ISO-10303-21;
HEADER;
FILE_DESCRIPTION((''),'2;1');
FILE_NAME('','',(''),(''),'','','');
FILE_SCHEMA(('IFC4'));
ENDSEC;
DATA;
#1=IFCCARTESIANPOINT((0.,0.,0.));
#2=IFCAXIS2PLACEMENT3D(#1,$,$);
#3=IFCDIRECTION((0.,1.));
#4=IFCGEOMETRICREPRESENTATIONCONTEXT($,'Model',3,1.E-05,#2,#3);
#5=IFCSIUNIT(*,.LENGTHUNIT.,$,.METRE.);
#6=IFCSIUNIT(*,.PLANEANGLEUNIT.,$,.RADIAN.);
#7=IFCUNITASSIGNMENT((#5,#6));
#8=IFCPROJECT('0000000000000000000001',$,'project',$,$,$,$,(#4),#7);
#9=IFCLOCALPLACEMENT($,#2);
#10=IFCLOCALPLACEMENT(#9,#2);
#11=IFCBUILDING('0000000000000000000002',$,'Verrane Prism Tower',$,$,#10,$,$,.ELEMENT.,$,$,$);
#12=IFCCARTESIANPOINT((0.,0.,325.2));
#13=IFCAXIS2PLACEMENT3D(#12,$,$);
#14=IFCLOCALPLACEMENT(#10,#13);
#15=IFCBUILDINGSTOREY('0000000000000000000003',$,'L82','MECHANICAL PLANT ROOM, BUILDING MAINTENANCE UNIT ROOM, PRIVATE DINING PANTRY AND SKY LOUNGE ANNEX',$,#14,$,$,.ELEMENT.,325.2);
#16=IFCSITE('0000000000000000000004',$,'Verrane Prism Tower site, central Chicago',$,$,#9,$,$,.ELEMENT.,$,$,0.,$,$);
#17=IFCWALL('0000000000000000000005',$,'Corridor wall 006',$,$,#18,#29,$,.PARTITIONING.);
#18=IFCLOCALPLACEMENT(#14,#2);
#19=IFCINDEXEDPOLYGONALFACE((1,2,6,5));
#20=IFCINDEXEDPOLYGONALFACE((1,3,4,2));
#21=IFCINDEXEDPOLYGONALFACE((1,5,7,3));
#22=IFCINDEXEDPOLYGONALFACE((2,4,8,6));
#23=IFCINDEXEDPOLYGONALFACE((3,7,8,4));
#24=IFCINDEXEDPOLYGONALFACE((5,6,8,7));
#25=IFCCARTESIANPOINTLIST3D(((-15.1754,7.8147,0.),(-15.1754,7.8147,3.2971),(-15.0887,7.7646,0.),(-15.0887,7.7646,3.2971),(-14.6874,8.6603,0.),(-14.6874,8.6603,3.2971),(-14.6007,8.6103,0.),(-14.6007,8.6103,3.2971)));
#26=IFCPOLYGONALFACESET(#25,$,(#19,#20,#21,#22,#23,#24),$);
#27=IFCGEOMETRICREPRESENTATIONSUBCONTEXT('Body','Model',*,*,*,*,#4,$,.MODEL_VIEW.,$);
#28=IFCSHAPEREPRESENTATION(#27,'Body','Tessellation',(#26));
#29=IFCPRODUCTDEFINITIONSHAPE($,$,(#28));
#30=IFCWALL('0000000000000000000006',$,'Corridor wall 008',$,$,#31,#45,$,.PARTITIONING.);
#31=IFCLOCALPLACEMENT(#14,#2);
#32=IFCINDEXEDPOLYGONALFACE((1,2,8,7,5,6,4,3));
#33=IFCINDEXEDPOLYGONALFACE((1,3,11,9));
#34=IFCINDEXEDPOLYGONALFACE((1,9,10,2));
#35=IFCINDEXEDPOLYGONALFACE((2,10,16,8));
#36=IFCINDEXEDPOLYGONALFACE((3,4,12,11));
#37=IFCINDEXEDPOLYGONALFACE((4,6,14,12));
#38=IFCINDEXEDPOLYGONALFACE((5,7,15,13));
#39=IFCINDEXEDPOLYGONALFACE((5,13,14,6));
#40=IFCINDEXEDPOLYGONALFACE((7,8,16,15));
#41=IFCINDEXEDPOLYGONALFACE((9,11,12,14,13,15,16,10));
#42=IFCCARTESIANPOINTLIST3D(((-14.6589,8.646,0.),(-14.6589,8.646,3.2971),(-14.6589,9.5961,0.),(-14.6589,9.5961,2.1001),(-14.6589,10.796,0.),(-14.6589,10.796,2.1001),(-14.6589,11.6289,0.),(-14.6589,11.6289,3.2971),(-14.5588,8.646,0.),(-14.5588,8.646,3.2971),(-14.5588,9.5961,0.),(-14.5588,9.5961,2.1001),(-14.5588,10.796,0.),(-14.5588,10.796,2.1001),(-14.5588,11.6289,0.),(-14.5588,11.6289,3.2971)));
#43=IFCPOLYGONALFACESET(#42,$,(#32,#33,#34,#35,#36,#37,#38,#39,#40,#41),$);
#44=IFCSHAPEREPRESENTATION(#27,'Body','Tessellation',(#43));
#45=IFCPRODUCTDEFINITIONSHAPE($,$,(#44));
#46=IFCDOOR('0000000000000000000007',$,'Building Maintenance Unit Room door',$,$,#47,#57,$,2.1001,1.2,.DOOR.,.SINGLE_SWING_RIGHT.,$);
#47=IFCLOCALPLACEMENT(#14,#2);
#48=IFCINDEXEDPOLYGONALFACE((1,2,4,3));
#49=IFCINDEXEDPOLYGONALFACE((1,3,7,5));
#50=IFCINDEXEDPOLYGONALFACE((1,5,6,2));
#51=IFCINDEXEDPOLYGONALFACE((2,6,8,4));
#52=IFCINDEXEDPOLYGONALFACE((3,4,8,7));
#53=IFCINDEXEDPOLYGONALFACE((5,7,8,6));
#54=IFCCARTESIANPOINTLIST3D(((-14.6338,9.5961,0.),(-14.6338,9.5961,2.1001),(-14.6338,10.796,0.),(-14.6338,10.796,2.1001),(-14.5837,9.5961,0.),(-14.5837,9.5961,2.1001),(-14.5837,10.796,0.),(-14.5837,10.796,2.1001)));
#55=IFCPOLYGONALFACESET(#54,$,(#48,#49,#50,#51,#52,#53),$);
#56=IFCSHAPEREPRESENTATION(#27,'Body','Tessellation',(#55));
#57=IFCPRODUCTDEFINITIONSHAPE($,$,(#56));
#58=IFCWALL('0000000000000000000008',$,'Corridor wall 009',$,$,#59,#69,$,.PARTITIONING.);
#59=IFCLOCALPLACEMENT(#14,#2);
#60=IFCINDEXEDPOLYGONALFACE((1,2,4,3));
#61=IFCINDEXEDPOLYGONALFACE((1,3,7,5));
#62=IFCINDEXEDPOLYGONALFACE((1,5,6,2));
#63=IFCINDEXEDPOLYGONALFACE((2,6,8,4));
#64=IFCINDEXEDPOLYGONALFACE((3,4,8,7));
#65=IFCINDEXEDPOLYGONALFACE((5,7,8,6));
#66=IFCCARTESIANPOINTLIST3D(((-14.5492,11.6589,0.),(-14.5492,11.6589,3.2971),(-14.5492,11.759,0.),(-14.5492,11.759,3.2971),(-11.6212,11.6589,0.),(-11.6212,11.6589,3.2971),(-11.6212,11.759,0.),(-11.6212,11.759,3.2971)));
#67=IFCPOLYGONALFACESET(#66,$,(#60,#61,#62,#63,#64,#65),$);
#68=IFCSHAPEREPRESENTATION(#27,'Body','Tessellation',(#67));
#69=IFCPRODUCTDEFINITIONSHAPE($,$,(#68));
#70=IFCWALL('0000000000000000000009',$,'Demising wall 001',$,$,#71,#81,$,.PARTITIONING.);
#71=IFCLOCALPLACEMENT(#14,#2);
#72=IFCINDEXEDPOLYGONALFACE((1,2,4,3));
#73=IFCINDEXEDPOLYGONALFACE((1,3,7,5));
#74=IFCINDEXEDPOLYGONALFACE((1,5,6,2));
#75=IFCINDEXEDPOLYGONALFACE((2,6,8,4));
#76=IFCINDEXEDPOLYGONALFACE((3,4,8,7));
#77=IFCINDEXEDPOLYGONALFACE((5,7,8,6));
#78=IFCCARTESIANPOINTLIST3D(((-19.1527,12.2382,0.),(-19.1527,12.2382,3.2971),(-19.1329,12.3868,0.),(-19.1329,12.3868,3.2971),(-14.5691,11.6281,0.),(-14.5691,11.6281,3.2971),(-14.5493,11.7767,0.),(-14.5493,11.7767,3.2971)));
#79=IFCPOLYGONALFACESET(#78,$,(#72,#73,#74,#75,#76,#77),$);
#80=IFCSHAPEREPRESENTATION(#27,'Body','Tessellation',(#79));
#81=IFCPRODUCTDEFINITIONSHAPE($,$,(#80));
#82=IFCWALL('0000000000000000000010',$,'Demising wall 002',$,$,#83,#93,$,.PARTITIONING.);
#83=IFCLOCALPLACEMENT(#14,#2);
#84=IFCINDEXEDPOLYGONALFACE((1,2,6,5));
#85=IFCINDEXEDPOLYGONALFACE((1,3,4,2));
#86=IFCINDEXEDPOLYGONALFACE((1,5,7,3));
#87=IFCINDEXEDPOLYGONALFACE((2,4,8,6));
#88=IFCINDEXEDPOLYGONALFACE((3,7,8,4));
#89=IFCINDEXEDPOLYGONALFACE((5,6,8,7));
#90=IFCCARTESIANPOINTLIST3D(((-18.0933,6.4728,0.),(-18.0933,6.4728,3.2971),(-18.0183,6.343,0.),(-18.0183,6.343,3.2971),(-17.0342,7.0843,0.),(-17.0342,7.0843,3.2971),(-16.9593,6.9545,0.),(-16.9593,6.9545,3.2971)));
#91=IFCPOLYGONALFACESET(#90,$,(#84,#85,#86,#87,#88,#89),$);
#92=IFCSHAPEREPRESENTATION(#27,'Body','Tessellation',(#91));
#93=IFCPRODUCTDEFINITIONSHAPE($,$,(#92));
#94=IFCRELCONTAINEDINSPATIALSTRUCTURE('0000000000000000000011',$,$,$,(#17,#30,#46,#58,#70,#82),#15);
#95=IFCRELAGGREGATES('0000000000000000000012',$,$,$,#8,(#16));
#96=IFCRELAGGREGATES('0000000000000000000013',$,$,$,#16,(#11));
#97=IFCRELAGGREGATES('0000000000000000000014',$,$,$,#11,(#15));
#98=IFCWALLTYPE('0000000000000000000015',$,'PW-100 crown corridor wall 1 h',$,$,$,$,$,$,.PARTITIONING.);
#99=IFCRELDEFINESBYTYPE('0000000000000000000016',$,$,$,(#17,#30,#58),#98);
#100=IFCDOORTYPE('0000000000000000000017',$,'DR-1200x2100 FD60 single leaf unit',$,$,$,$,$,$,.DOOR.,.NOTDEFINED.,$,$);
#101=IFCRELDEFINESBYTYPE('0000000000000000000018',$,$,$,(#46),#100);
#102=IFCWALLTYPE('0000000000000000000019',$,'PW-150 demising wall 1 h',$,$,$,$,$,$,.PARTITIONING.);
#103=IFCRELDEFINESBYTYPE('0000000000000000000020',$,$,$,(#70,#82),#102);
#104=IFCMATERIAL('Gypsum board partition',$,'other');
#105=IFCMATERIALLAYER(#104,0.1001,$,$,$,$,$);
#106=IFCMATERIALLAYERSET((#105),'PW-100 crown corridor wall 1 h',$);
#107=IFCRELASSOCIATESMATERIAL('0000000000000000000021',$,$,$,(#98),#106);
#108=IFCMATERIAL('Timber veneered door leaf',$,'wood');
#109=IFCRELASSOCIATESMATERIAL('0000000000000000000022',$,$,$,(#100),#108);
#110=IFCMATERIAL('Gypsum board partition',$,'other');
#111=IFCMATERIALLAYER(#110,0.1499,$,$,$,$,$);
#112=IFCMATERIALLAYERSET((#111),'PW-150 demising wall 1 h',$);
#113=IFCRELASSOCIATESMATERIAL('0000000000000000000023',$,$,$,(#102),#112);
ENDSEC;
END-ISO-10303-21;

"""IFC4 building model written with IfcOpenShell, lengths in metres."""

from ifc_helpers import new_model, si_unit, direction, frame, frame_2d, origin, place, context, subcontext, project, spatial, rectangle, extrude, material, layer, layer_set, type_object, element, fill, save


model = new_model("IFC4")

# Units and contexts
model_context = context("Model", 3, precision=1e-05, world=origin(), true_north=direction((0.0, 1.0)))
body_context = subcontext(model_context, "Body", "Model", "MODEL_VIEW")
ifc_project = project(units=[si_unit("LENGTHUNIT", "METRE"), si_unit("PLANEANGLEUNIT", "RADIAN")], contexts=[model_context])

# Site, building, storey
site_placement = place(None, origin())
site = spatial("IfcSite", under=ifc_project, at=site_placement, Name="Verrane Prism Tower site, central Chicago", CompositionType="ELEMENT", RefElevation=0.0)
building_placement = place(site_placement, origin())
building = spatial("IfcBuilding", under=site, at=building_placement, Name="Verrane Prism Tower", CompositionType="ELEMENT")
storey_placement = place(building_placement, frame((0.0, 0.0, 325.2)))
storey = spatial("IfcBuildingStorey", under=building, at=storey_placement, Name="L82", Description="MECHANICAL PLANT ROOM, BUILDING MAINTENANCE UNIT ROOM, PRIVATE DINING PANTRY AND SKY LOUNGE ANNEX", CompositionType="ELEMENT", Elevation=325.2)

# Wall
ifc_material_1 = material(Name="Gypsum board partition", Category="other")
ifc_layer_1 = layer(ifc_material_1, 0.1001)
ifc_layer_set_1 = layer_set([ifc_layer_1], Name="PW-100 crown corridor wall 1 h")
wall_type_1 = type_object("IfcWallType", Name="PW-100 crown corridor wall 1 h", PredefinedType="PARTITIONING", material=ifc_layer_set_1)
wall_1_placement = place(storey_placement, frame((-15.1321, 7.7896, 0.0), z_axis=(0.0, 0.0, 1.0), x_axis=(0.499823, 0.866127, 0.0)))
element("IfcWall", 1, at=wall_1_placement, inside=storey, type_object=wall_type_1, Name="Corridor wall 006", PredefinedType="PARTITIONING", context=body_context, shape_type="SweptSolid", body=[
    extrude(rectangle(XDim=0.9763, YDim=0.1001, at=frame_2d((0.4883, 0.0))), origin(), (0.0, 0.0, 1.0), 3.2971),
])

# Wall, opening, door
wall_2_placement = place(storey_placement, frame((-14.6089, 8.646, 0.0), z_axis=(0.0, 0.0, 1.0), x_axis=(0.0, 1.0, 0.0)))
wall_2 = element("IfcWall", 2, at=wall_2_placement, inside=storey, type_object=wall_type_1, Name="Corridor wall 008", PredefinedType="PARTITIONING", context=body_context, shape_type="SweptSolid", body=[
    extrude(rectangle(XDim=2.9829, YDim=0.1001, at=frame_2d((1.4915, 0.0))), origin(), (0.0, 0.0, 1.0), 3.2971),
])
opening_placement = place(wall_2_placement, frame((0.95, 0.0, 0.0)))
opening = element("IfcOpeningElement", 3, at=opening_placement, cuts=wall_2, PredefinedType="OPENING", context=body_context, shape_type="SweptSolid", body=[
    extrude(rectangle(XDim=1.2, YDim=2.1001, at=frame_2d((0.6001, 1.05))), frame((0.0, 0.0601, 0.0), z_axis=(0.0, -1.0, 0.0), x_axis=(1.0, 0.0, 0.0)), (0.0, 0.0, 1.0), 0.1201),
])
ifc_material_2 = material(Name="Timber veneered door leaf", Category="wood")
door_type = type_object("IfcDoorType", Name="DR-1200x2100 FD60 single leaf unit", OperationType="NOTDEFINED", PredefinedType="DOOR", material=ifc_material_2)
door_placement = place(opening_placement, origin())
door = element("IfcDoor", 4, at=door_placement, inside=storey, type_object=door_type, Name="Building Maintenance Unit Room door", OperationType="SINGLE_SWING_RIGHT", OverallHeight=2.1001, OverallWidth=1.2, PredefinedType="DOOR", context=body_context, shape_type="SweptSolid", body=[
    extrude(rectangle(XDim=1.2, YDim=2.1001, at=frame_2d((0.6001, 1.05))), frame((0.0, 0.0249, 0.0), z_axis=(0.0, -1.0, 0.0), x_axis=(1.0, 0.0, 0.0)), (0.0, 0.0, 1.0), 0.05),
])
fill(opening, door)

# Walls
wall_3_placement = place(storey_placement, frame((-14.5491, 11.709, 0.0), z_axis=(0.0, 0.0, 1.0), x_axis=(1.0, 0.0, 0.0)))
element("IfcWall", 5, at=wall_3_placement, inside=storey, type_object=wall_type_1, Name="Corridor wall 009", PredefinedType="PARTITIONING", context=body_context, shape_type="SweptSolid", body=[
    extrude(rectangle(XDim=2.928, YDim=0.1001, at=frame_2d((1.4639, 0.0))), origin(), (0.0, 0.0, 1.0), 3.2971),
])
ifc_material_3 = material(Name="Gypsum board partition", Category="other")
ifc_layer_2 = layer(ifc_material_3, 0.1499)
ifc_layer_set_2 = layer_set([ifc_layer_2], Name="PW-150 demising wall 1 h")
wall_type_2 = type_object("IfcWallType", Name="PW-150 demising wall 1 h", PredefinedType="PARTITIONING", material=ifc_layer_set_2)
wall_4_placement = place(storey_placement, frame((-19.1428, 12.3125, 0.0), z_axis=(0.0, 0.0, 1.0), x_axis=(0.991257, -0.131946, 0.0)))
element("IfcWall", 6, at=wall_4_placement, inside=storey, type_object=wall_type_2, Name="Demising wall 001", PredefinedType="PARTITIONING", context=body_context, shape_type="SweptSolid", body=[
    extrude(rectangle(XDim=4.624, YDim=0.1499, at=frame_2d((2.312, 0.0))), origin(), (0.0, 0.0, 1.0), 3.2971),
])
wall_5_placement = place(storey_placement, frame((-18.0557, 6.408, 0.0), z_axis=(0.0, 0.0, 1.0), x_axis=(0.865986, 0.500068, 0.0)))
element("IfcWall", 7, at=wall_5_placement, inside=storey, type_object=wall_type_2, Name="Demising wall 002", PredefinedType="PARTITIONING", context=body_context, shape_type="SweptSolid", body=[
    extrude(rectangle(XDim=1.2229, YDim=0.1499, at=frame_2d((0.6113, 0.0))), origin(), (0.0, 0.0, 1.0), 3.2971),
])

save(model, "model.ifc")
